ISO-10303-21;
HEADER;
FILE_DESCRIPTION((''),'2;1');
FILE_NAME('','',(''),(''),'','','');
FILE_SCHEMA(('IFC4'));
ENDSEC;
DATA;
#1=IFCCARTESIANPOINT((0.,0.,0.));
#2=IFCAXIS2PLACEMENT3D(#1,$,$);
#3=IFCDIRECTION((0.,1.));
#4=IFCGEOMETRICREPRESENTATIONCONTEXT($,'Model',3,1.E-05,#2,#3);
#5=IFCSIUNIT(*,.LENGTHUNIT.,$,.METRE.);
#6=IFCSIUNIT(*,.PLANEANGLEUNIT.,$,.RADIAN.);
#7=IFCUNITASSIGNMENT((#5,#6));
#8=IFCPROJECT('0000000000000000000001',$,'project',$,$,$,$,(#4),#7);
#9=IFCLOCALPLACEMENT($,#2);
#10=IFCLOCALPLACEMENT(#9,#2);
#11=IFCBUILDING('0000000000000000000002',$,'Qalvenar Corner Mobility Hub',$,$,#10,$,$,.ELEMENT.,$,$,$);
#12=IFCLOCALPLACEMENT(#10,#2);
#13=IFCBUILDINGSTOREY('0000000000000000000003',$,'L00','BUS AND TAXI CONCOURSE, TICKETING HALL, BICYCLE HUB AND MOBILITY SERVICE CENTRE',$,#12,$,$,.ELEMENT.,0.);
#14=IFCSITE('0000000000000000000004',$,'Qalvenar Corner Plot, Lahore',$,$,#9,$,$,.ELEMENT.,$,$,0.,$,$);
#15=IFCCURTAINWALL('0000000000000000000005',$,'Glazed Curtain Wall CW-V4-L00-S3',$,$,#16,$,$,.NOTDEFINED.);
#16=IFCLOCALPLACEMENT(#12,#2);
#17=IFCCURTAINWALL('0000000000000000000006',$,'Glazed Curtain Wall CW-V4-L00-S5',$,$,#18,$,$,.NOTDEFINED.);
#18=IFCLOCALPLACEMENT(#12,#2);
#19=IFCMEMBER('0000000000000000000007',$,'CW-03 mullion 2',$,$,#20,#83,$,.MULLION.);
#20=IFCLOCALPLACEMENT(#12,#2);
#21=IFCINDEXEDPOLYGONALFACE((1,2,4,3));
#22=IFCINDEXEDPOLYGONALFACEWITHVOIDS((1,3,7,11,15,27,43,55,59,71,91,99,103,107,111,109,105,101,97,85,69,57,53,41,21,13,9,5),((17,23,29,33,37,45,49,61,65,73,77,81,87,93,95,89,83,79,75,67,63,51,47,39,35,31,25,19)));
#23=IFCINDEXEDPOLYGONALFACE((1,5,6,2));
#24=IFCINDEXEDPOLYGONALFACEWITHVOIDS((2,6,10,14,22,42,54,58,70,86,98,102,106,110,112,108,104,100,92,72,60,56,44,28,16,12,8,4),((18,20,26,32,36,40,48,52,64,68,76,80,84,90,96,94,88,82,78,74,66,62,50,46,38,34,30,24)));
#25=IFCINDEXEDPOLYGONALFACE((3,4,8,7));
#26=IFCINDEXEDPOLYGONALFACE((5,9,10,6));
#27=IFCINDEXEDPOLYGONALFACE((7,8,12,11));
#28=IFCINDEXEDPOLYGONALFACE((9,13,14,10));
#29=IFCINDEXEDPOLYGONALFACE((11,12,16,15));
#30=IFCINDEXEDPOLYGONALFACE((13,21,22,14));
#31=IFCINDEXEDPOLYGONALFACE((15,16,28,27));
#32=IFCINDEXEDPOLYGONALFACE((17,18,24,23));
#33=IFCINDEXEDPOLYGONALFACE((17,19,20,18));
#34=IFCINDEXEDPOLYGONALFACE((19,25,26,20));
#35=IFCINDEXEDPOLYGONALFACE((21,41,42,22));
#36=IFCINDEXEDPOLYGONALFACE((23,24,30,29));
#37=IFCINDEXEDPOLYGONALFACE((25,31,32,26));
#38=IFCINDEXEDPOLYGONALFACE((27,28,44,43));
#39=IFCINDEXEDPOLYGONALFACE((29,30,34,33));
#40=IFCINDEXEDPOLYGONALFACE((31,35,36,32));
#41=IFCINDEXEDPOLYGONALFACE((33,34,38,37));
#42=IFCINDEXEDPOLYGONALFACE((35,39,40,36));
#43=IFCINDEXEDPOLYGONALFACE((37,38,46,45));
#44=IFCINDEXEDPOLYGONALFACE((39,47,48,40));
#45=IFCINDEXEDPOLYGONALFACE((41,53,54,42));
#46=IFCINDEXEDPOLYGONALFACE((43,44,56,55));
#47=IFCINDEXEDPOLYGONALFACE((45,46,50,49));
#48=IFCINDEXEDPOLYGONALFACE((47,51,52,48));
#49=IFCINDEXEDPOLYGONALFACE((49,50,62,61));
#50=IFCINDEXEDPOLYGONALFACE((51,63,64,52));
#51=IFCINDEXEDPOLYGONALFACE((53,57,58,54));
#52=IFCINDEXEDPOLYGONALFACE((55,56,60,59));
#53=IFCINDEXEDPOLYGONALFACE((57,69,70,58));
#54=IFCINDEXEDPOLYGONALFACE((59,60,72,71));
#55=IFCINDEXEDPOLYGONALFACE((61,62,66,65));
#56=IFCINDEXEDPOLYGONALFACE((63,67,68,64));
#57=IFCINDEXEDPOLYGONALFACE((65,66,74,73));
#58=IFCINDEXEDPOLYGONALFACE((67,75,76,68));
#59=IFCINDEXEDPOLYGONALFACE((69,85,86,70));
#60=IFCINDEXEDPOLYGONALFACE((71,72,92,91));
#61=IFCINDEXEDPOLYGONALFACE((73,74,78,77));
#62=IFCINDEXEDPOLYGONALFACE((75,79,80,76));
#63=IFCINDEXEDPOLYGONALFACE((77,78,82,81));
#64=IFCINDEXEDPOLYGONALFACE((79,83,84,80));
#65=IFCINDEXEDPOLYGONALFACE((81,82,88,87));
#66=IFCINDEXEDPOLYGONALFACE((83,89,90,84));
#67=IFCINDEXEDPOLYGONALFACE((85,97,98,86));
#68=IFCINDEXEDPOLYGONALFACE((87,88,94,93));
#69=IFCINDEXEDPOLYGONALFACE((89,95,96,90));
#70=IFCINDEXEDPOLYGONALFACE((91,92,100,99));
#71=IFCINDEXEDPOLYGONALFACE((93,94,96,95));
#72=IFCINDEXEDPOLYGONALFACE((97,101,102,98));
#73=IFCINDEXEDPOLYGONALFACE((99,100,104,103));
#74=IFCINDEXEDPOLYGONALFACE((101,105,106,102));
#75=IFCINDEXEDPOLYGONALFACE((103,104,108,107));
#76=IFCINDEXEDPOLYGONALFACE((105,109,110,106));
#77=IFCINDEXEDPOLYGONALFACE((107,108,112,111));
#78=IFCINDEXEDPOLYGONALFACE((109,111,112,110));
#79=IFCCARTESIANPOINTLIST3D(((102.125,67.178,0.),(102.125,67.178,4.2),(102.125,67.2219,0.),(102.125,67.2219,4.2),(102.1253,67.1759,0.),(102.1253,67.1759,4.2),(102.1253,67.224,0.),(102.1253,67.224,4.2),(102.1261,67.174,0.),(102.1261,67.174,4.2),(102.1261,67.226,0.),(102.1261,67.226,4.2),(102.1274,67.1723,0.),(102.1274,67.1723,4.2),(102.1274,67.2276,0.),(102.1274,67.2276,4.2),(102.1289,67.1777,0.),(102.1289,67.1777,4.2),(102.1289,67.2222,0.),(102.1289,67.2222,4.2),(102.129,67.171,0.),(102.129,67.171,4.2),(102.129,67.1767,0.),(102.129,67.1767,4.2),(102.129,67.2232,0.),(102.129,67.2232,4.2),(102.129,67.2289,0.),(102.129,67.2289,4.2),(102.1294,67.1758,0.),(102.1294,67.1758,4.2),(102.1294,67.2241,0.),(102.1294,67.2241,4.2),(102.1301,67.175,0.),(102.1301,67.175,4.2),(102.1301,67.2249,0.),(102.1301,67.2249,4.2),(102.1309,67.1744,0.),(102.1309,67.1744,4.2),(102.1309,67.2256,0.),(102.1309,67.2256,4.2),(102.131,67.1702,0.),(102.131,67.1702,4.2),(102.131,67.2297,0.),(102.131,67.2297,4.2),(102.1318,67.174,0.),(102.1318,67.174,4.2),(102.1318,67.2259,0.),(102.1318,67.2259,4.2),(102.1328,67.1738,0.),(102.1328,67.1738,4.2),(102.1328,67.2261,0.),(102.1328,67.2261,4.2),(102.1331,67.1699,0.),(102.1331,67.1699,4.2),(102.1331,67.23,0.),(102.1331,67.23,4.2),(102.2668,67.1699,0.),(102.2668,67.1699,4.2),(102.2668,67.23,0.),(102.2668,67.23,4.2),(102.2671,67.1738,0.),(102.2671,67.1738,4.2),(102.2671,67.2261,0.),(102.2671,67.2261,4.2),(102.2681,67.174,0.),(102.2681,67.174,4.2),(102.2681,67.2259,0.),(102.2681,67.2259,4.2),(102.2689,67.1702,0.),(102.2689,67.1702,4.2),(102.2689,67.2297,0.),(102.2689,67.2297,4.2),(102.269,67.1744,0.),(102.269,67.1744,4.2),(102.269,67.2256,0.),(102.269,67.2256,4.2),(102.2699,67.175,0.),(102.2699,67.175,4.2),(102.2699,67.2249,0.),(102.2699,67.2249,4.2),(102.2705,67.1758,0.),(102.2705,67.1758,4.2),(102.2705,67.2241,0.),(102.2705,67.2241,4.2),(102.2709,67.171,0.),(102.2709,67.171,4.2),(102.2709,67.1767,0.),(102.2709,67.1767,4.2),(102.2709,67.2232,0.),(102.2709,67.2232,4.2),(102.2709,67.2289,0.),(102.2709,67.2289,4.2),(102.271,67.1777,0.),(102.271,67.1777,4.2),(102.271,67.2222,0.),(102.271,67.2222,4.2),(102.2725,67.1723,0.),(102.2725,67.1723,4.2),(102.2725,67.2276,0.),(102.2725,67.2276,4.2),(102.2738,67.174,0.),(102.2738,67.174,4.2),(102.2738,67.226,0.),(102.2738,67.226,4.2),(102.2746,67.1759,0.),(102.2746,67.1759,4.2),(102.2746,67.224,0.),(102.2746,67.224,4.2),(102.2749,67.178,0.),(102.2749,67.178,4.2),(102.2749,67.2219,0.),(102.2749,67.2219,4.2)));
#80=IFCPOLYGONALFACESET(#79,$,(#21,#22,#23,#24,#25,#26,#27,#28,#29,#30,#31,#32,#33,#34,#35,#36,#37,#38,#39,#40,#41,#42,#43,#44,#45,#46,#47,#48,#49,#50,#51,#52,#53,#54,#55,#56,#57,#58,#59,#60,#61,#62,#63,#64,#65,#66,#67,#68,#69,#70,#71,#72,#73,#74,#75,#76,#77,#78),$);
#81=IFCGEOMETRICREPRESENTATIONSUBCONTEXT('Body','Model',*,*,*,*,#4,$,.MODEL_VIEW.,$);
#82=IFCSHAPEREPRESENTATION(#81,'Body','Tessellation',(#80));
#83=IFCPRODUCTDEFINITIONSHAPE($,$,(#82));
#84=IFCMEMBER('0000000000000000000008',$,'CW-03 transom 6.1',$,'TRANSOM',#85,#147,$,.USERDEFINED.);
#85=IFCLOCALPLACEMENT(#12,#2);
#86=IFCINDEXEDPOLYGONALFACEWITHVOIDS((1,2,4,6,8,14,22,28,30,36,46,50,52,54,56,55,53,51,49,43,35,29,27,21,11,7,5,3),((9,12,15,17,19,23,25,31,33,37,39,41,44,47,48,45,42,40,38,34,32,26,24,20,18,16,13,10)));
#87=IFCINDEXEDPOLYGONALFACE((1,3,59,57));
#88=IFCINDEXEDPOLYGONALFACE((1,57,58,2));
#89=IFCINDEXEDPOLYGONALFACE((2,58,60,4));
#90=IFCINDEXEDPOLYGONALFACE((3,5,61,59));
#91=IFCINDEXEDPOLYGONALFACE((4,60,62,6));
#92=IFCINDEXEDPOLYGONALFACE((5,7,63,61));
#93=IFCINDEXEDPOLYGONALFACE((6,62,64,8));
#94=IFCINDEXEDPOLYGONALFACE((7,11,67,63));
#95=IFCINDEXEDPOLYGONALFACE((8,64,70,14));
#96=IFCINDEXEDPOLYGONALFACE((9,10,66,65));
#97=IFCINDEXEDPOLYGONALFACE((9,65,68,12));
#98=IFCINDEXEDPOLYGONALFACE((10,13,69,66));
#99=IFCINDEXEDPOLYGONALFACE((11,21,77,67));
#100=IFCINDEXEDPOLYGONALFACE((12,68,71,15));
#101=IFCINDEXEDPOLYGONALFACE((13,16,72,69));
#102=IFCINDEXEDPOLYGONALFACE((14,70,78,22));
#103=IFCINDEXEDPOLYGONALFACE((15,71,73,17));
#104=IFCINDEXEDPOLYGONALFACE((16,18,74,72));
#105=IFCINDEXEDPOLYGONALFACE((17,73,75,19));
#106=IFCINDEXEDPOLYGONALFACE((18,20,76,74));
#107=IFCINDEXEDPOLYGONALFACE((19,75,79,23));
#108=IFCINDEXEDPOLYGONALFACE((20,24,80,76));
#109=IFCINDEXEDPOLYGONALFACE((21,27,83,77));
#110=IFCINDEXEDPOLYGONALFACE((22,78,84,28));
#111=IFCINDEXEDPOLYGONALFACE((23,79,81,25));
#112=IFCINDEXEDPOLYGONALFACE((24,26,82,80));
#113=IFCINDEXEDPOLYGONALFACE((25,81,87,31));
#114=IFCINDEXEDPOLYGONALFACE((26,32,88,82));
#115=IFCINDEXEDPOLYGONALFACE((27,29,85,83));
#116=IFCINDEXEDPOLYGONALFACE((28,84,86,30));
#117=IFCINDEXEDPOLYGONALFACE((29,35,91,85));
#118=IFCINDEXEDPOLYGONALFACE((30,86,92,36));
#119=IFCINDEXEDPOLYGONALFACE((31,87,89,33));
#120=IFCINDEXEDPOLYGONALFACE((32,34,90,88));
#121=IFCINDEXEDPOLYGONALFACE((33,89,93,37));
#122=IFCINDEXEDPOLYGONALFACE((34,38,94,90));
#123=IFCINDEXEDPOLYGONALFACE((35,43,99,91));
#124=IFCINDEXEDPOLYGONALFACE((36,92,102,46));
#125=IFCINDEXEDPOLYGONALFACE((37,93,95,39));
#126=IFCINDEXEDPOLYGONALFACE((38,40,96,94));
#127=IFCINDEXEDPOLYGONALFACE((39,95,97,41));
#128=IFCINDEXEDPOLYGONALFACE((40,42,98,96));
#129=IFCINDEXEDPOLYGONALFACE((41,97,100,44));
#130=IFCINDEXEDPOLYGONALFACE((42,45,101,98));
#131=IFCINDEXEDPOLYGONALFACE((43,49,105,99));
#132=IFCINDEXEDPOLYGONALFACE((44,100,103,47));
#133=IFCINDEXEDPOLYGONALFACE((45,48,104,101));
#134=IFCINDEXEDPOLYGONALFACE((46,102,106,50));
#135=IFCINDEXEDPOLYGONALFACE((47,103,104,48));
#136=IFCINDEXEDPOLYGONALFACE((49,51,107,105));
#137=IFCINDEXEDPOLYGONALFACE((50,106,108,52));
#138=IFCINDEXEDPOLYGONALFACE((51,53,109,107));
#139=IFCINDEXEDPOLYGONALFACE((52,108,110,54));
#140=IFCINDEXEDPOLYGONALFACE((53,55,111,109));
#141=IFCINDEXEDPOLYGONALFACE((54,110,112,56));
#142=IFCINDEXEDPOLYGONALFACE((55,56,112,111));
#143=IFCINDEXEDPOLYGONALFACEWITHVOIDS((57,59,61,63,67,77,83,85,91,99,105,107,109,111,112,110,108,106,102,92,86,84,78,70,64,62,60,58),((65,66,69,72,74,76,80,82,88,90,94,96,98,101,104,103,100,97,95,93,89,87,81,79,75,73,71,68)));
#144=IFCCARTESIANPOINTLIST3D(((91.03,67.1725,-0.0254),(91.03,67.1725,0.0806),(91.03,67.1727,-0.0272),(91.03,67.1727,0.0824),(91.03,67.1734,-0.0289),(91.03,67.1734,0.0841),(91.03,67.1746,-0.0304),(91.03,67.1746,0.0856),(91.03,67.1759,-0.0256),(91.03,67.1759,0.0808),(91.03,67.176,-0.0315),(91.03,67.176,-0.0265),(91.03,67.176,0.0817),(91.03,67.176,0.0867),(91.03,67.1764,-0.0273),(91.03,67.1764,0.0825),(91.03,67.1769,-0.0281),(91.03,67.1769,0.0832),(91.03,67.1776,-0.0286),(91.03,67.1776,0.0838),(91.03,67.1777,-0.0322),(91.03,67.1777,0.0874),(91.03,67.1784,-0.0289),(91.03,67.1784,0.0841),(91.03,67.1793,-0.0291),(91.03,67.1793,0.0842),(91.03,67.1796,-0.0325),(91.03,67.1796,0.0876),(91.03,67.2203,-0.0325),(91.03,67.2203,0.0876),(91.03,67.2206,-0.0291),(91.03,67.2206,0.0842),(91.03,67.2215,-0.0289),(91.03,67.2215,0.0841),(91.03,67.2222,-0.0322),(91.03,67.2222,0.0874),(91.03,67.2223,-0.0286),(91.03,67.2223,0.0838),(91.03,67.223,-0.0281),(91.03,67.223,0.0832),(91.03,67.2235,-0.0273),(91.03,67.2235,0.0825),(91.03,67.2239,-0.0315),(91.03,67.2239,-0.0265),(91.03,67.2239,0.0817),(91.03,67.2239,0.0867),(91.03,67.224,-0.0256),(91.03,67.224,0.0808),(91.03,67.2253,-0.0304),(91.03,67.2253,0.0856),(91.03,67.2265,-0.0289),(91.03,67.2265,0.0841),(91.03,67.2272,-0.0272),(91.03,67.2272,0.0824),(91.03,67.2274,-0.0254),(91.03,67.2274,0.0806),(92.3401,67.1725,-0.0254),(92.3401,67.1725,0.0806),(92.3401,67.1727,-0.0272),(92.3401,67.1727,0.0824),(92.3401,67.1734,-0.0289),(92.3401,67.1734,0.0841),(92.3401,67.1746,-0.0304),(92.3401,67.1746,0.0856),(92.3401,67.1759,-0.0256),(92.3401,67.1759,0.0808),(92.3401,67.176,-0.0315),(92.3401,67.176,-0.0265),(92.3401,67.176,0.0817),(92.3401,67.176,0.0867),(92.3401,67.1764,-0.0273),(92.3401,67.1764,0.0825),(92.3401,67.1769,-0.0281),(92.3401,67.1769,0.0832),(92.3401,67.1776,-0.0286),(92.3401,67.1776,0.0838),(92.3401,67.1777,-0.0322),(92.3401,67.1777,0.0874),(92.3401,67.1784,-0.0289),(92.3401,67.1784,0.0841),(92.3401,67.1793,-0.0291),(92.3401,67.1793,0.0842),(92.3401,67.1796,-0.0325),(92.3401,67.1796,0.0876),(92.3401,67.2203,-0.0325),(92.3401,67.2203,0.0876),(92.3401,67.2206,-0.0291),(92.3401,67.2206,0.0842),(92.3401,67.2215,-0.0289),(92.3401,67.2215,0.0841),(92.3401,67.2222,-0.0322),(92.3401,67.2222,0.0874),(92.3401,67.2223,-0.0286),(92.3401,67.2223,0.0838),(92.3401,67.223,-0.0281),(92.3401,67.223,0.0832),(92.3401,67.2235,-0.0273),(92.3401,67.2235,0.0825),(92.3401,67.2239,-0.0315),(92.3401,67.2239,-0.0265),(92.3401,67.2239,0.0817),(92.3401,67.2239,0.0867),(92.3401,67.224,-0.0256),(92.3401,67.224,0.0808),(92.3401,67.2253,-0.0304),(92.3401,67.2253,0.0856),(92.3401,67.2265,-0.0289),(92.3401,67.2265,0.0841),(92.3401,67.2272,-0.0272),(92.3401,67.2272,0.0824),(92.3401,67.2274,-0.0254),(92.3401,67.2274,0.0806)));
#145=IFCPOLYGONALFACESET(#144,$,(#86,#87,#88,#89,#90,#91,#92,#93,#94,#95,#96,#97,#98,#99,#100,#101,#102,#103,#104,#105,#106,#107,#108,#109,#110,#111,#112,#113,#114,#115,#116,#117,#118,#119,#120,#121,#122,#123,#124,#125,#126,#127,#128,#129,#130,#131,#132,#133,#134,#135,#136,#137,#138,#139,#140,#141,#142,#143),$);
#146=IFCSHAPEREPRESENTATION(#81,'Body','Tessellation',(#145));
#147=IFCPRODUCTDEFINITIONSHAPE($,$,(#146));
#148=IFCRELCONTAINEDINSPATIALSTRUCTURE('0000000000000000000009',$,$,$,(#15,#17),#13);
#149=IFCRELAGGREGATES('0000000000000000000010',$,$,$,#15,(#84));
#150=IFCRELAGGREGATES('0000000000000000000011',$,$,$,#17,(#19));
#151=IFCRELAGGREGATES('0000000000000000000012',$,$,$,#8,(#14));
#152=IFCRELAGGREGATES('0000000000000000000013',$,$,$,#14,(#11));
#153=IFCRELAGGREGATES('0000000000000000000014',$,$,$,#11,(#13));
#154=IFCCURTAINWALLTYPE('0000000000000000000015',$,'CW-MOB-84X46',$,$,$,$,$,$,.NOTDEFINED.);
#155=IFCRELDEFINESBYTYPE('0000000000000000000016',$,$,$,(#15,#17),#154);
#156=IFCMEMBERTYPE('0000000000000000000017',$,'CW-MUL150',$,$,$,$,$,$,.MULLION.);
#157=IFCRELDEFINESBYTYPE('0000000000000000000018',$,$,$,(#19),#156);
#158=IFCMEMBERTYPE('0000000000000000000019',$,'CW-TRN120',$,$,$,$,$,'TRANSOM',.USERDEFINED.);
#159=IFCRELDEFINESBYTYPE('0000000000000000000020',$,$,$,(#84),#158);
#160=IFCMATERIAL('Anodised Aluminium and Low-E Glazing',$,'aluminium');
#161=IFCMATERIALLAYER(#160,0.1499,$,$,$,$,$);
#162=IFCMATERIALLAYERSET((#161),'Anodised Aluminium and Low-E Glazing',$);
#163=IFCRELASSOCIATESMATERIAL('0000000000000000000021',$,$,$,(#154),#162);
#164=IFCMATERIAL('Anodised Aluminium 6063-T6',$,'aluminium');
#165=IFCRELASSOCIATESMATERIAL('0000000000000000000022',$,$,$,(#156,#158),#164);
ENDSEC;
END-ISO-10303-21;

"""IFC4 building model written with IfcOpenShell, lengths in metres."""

from ifc_helpers import new_model, si_unit, direction, frame, origin, origin_2d, place, context, subcontext, project, spatial, hollow_rectangle, extrude, material, layer, layer_set, material_profile, profile_set, type_object, element, aggregate, save


model = new_model("IFC4")

# Units and contexts
model_context = context("Model", 3, precision=1e-05, world=origin(), true_north=direction((0.0, 1.0)))
body_context = subcontext(model_context, "Body", "Model", "MODEL_VIEW")
ifc_project = project(units=[si_unit("LENGTHUNIT", "METRE"), si_unit("PLANEANGLEUNIT", "RADIAN")], contexts=[model_context])

# Site, building, storey
site_placement = place(None, origin())
site = spatial("IfcSite", under=ifc_project, at=site_placement, Name="Qalvenar Corner Plot, Lahore", CompositionType="ELEMENT", RefElevation=0.0)
building_placement = place(site_placement, origin())
building = spatial("IfcBuilding", under=site, at=building_placement, Name="Qalvenar Corner Mobility Hub", CompositionType="ELEMENT")
storey_placement = place(building_placement, origin())
storey = spatial("IfcBuildingStorey", under=building, at=storey_placement, Name="L00", Description="BUS AND TAXI CONCOURSE, TICKETING HALL, BICYCLE HUB AND MOBILITY SERVICE CENTRE", CompositionType="ELEMENT", Elevation=0.0)

# Curtain walls, member
ifc_material_1 = material(Name="Anodised Aluminium and Low-E Glazing", Category="aluminium")
ifc_layer_1 = layer(ifc_material_1, 0.1499)
ifc_layer_set_1 = layer_set([ifc_layer_1], Name="Anodised Aluminium and Low-E Glazing")
curtain_wall_type = type_object("IfcCurtainWallType", Name="CW-MOB-84X46", PredefinedType="NOTDEFINED", material=ifc_layer_set_1)
curtain_wall_1_placement = place(storey_placement, origin())
curtain_wall_1 = element("IfcCurtainWall", 1, at=curtain_wall_1_placement, inside=storey, type_object=curtain_wall_type, Name="Glazed Curtain Wall CW-V4-L00-S3", PredefinedType="NOTDEFINED")
ifc_material_2 = material(Name="Anodised Aluminium 6063-T6", Category="aluminium")
ifc_material_profile_1 = material_profile(ifc_material_2, hollow_rectangle(XDim=0.0601, YDim=0.1499, WallThickness=0.0039, InnerFilletRadius=0.0039, OuterFilletRadius=0.0081, at=origin_2d()), Name="RHS150x60x4")
ifc_profile_set_1 = profile_set([ifc_material_profile_1], Name="Anodised Aluminium 6063-T6")
member_type_1 = type_object("IfcMemberType", Name="CW-MUL150", PredefinedType="MULLION", material=ifc_profile_set_1)
curtain_wall_2_placement = place(storey_placement, origin())
curtain_wall_2 = element("IfcCurtainWall", 2, at=curtain_wall_2_placement, inside=storey, type_object=curtain_wall_type, Name="Glazed Curtain Wall CW-V4-L00-S5", PredefinedType="NOTDEFINED")
member_1_placement = place(storey_placement, frame((102.2, 67.2, 0.0), z_axis=(0.0, 0.0, 1.0), x_axis=(0.0, 1.0, 0.0)))
member_1 = element("IfcMember", 3, at=member_1_placement, type_object=member_type_1, Name="CW-03 mullion 2", PredefinedType="MULLION", context=body_context, shape_type="SweptSolid", body=[
    extrude(hollow_rectangle(XDim=0.0601, YDim=0.1499, WallThickness=0.0039, InnerFilletRadius=0.0039, OuterFilletRadius=0.0081, at=origin_2d()), origin(), (0.0, 0.0, 1.0), 4.2),
])

# Member
ifc_material_profile_2 = material_profile(ifc_material_2, hollow_rectangle(XDim=0.0549, YDim=0.1201, WallThickness=0.0034, InnerFilletRadius=0.0034, OuterFilletRadius=0.0071, at=origin_2d()), Name="RHS120x55x3.5")
ifc_profile_set_2 = profile_set([ifc_material_profile_2], Name="Anodised Aluminium 6063-T6")
member_type_2 = type_object("IfcMemberType", Name="CW-TRN120", ElementType="TRANSOM", PredefinedType="USERDEFINED", material=ifc_profile_set_2)
member_2_placement = place(storey_placement, frame((91.03, 67.2, 0.0276), z_axis=(1.0, 0.0, 0.0), x_axis=(0.0, 1.0, 0.0)))
member_2 = element("IfcMember", 4, at=member_2_placement, type_object=member_type_2, Name="CW-03 transom 6.1", ObjectType="TRANSOM", PredefinedType="USERDEFINED", context=body_context, shape_type="SweptSolid", body=[
    extrude(hollow_rectangle(XDim=0.0549, YDim=0.1201, WallThickness=0.0034, InnerFilletRadius=0.0034, OuterFilletRadius=0.0071, at=origin_2d()), origin(), (0.0, 0.0, 1.0), 1.3101),
])

aggregate(curtain_wall_1, [member_2])
aggregate(curtain_wall_2, [member_1])

save(model, "model.ifc")
